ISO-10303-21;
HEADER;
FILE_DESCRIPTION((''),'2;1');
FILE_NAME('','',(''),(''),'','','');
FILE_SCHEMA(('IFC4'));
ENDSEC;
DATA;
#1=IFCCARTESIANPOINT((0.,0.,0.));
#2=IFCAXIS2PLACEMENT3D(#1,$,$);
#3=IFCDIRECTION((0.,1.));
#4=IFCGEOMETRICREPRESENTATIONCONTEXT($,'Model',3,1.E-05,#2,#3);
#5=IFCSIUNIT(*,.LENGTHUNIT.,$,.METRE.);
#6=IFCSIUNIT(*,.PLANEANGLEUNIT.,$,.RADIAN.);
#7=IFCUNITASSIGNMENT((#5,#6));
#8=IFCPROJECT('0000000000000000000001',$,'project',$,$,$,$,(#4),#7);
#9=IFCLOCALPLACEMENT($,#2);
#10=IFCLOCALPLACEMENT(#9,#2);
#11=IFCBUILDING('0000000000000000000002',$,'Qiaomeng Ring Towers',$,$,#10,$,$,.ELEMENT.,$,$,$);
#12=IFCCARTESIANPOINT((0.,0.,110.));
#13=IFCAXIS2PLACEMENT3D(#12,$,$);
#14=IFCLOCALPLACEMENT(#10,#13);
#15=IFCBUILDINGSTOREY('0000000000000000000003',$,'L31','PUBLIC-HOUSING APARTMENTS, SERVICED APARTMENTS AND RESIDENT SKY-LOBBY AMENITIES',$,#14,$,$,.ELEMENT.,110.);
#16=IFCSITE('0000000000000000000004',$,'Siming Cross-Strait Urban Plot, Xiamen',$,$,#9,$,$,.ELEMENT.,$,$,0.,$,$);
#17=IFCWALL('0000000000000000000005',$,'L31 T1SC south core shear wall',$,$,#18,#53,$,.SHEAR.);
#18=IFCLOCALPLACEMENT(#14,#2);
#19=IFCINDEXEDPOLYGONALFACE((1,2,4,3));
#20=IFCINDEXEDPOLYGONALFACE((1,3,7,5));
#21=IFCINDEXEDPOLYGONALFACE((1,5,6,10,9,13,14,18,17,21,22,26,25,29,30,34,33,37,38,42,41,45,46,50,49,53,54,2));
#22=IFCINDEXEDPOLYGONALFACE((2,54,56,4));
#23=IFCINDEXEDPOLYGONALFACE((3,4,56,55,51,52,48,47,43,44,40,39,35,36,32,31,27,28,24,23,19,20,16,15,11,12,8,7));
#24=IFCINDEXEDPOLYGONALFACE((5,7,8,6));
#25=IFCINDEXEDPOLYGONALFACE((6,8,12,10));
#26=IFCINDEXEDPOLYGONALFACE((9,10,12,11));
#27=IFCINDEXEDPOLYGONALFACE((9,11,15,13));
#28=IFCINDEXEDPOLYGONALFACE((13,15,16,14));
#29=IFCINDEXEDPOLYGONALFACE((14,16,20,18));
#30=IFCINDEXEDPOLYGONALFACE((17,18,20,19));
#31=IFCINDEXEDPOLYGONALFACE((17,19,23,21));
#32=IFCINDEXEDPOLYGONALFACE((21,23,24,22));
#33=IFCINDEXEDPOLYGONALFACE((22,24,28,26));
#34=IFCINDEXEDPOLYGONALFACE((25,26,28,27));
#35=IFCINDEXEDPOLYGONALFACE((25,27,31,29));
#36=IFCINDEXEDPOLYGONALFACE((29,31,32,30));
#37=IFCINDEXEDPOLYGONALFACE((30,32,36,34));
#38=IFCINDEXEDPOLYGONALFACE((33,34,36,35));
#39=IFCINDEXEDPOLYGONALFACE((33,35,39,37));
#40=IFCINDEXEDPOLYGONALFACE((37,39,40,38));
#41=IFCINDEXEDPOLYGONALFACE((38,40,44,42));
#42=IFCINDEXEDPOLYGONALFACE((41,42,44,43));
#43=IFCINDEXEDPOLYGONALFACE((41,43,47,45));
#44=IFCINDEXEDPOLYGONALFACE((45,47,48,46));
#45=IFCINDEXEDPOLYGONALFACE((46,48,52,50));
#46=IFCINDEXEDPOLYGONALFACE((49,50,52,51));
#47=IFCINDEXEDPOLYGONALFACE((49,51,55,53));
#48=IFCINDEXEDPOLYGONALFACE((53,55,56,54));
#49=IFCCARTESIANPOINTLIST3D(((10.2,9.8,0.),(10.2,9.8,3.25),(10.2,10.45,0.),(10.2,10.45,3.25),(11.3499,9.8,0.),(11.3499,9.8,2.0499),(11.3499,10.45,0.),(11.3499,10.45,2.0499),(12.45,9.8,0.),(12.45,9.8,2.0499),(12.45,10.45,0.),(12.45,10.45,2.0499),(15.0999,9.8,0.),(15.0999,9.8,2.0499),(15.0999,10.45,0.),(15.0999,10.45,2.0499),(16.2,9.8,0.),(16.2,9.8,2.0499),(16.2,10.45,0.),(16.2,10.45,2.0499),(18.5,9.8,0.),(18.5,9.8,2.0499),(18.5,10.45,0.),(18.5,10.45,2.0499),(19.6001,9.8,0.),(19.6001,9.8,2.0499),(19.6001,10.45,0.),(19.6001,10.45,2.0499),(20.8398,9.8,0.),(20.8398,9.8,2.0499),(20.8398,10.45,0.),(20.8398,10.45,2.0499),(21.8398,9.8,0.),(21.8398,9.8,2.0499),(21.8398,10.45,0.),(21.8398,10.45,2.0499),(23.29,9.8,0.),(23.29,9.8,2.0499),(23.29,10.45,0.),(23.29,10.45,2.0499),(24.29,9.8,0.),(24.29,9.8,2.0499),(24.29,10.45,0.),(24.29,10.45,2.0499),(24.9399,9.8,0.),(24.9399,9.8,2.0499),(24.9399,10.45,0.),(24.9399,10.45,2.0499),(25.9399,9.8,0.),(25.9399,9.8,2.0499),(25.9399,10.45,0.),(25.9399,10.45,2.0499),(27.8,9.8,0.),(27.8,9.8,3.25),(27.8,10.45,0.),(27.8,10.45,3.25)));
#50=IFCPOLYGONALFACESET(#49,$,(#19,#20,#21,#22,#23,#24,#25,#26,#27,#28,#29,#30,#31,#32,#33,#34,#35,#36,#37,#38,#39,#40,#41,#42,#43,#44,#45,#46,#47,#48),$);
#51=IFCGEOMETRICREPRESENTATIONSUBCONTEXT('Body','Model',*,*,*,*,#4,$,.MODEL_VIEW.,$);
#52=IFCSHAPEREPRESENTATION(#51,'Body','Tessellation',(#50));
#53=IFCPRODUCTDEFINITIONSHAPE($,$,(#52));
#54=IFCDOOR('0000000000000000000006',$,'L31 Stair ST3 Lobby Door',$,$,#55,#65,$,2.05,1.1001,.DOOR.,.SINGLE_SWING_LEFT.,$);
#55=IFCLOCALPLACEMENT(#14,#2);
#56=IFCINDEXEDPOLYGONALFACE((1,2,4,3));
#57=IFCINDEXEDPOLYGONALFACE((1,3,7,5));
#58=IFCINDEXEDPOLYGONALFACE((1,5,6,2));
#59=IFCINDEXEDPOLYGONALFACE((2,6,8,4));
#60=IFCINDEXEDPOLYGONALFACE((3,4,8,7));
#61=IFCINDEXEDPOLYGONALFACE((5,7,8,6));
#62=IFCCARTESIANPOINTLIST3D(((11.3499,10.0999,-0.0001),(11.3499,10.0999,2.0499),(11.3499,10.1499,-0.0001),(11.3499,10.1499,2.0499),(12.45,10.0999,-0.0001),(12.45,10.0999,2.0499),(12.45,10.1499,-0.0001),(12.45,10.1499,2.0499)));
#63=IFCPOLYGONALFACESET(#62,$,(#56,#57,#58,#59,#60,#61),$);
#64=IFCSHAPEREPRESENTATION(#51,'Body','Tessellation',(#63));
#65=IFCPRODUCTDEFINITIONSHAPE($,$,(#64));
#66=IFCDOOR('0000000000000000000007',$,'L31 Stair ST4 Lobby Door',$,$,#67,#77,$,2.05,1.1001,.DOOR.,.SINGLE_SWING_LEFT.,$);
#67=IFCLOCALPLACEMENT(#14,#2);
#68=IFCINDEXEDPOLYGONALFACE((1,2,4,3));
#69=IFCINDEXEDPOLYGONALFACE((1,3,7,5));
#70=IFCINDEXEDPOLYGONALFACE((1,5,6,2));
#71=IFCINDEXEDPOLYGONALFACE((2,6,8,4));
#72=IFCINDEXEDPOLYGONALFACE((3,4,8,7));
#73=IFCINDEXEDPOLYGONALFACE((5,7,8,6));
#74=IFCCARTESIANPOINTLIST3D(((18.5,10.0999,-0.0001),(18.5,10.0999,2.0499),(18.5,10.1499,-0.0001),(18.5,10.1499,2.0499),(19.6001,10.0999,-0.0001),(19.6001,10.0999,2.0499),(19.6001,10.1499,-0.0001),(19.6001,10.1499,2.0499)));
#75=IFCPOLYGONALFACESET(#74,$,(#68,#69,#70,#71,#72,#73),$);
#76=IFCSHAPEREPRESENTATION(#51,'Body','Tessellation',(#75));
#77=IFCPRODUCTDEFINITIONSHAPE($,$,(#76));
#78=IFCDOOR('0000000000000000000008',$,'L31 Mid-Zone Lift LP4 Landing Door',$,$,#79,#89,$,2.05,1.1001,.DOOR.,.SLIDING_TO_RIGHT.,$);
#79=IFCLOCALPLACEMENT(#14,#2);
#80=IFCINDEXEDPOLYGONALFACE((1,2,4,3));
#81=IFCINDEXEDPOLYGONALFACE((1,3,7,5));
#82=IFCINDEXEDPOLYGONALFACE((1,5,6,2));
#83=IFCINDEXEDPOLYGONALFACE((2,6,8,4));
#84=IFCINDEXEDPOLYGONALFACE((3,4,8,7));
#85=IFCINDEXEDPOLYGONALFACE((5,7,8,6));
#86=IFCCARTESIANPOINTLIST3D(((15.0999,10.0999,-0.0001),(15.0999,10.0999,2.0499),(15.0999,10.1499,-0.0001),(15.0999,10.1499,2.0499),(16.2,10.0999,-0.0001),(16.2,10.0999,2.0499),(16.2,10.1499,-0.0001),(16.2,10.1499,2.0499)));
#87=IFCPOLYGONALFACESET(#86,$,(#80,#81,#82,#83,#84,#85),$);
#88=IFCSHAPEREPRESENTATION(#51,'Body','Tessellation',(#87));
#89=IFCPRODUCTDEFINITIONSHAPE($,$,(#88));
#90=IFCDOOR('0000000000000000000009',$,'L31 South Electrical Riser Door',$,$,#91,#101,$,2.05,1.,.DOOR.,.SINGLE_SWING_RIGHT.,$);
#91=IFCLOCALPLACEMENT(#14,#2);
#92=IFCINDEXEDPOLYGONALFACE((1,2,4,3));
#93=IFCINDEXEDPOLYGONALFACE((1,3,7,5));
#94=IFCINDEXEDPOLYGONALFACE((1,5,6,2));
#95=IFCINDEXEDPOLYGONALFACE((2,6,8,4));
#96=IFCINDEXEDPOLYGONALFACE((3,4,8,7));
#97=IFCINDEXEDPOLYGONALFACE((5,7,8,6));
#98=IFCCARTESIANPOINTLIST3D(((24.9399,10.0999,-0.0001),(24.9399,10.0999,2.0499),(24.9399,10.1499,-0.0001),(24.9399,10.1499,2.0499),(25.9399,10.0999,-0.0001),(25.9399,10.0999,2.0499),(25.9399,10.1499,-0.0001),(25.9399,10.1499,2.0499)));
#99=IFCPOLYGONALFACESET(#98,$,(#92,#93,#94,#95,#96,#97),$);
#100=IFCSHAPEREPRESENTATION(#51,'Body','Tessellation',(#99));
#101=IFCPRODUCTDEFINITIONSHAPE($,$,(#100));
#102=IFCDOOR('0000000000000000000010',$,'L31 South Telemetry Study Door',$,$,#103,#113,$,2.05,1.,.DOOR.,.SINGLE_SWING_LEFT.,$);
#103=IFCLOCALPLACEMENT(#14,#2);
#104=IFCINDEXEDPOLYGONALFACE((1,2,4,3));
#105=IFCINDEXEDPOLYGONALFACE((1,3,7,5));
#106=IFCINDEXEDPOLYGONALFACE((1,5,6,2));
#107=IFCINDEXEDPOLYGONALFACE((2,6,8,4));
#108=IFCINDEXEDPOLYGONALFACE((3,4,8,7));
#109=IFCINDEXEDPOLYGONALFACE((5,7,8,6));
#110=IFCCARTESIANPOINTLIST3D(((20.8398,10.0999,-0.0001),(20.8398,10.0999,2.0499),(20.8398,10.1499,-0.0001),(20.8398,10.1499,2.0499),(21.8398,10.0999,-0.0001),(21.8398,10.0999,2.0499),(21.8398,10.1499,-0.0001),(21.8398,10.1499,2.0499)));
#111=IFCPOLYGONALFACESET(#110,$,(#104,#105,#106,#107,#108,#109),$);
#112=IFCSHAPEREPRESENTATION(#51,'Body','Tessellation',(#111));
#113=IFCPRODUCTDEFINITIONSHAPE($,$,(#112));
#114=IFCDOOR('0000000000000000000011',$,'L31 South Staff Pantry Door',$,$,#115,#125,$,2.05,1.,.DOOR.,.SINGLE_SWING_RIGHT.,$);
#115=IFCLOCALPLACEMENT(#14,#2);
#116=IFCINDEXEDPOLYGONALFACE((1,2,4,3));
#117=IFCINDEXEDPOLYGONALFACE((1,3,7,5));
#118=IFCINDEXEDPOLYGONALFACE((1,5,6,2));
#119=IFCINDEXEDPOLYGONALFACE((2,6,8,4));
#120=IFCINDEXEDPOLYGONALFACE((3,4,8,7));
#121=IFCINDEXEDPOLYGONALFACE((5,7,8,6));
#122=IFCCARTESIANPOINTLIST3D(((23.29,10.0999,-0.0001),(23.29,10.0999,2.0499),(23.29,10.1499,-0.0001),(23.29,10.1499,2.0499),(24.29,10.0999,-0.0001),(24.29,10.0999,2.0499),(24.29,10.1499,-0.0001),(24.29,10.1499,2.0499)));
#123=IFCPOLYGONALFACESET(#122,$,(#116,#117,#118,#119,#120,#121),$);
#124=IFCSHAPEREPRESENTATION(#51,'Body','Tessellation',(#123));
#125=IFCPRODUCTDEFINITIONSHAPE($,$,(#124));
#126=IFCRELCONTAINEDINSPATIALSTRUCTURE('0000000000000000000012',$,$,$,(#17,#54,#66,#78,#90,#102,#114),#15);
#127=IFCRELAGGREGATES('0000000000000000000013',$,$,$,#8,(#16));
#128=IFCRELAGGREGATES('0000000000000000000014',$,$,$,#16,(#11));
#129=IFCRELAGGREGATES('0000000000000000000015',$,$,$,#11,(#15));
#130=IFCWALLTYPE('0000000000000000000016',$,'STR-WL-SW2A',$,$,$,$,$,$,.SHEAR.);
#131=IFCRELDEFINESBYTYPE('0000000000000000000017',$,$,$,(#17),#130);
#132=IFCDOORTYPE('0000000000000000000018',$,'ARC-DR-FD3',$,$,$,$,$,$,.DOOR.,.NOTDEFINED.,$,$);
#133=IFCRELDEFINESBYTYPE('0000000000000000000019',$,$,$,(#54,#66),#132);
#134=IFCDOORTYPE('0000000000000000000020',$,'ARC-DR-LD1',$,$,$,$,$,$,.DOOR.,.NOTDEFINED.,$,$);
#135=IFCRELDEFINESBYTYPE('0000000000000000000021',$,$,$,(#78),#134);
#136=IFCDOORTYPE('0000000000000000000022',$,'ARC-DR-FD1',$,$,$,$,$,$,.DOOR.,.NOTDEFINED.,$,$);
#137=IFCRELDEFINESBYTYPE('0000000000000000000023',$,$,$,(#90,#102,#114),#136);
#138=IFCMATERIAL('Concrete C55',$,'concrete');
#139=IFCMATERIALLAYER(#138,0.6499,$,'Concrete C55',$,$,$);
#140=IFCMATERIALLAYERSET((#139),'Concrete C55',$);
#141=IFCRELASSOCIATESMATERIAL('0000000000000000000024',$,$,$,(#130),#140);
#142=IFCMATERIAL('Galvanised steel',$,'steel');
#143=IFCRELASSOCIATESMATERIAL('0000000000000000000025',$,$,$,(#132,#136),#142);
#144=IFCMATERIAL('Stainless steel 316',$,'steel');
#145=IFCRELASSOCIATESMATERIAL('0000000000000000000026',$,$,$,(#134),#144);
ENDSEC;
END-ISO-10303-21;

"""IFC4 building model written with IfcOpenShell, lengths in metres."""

from ifc_helpers import new_model, si_unit, direction, frame, frame_2d, origin, place, context, subcontext, project, spatial, rectangle, extrude, source, transform, mapped, material, layer, layer_set, type_object, element, fill, save


model = new_model("IFC4")

# Units and contexts
model_context = context("Model", 3, precision=1e-05, world=origin(), true_north=direction((0.0, 1.0)))
body_context = subcontext(model_context, "Body", "Model", "MODEL_VIEW")
ifc_project = project(units=[si_unit("LENGTHUNIT", "METRE"), si_unit("PLANEANGLEUNIT", "RADIAN")], contexts=[model_context])

# Site, building, storey
site_placement = place(None, origin())
site = spatial("IfcSite", under=ifc_project, at=site_placement, Name="Siming Cross-Strait Urban Plot, Xiamen", CompositionType="ELEMENT", RefElevation=0.0)
building_placement = place(site_placement, origin())
building = spatial("IfcBuilding", under=site, at=building_placement, Name="Qiaomeng Ring Towers", CompositionType="ELEMENT")
storey_placement = place(building_placement, frame((0.0, 0.0, 110.0)))
storey = spatial("IfcBuildingStorey", under=building, at=storey_placement, Name="L31", Description="PUBLIC-HOUSING APARTMENTS, SERVICED APARTMENTS AND RESIDENT SKY-LOBBY AMENITIES", CompositionType="ELEMENT", Elevation=110.0)

# Shared definitions
shared_shape_1 = source(origin(), body_context, "Body", "SweptSolid", [
    extrude(rectangle(XDim=1.0, YDim=2.05, at=frame_2d((0.5, 1.0249))), frame((0.0, 0.0249, 0.0), z_axis=(0.0, -1.0, 0.0), x_axis=(1.0, 0.0, 0.0)), (0.0, 0.0, 1.0), 0.05),
])

# Wall, openings, doors
ifc_material_1 = material(Name="Concrete C55", Category="concrete")
ifc_layer_1 = layer(ifc_material_1, 0.6499, Name="Concrete C55")
ifc_layer_set_1 = layer_set([ifc_layer_1], Name="Concrete C55")
wall_type_1 = type_object("IfcWallType", Name="STR-WL-SW2A", PredefinedType="SHEAR", material=ifc_layer_set_1)
wall_1_placement = place(storey_placement, frame((10.2, 10.125, 0.0), z_axis=(0.0, 0.0, 1.0), x_axis=(1.0, 0.0, 0.0)))
wall_1 = element("IfcWall", 1, at=wall_1_placement, inside=storey, type_object=wall_type_1, Name="L31 T1SC south core shear wall", PredefinedType="SHEAR", context=body_context, shape_type="SweptSolid", body=[
    extrude(rectangle(XDim=17.6001, YDim=0.6499, at=frame_2d((8.8, 0.0))), origin(), (0.0, 0.0, 1.0), 3.25),
])
opening_1_placement = place(wall_1_placement, frame((1.1499, 0.0, 0.0)))
opening_1 = element("IfcOpeningElement", 2, at=opening_1_placement, cuts=wall_1, PredefinedType="OPENING", context=body_context, shape_type="SweptSolid", body=[
    extrude(rectangle(XDim=1.1001, YDim=2.05, at=frame_2d((0.55, 1.0249))), frame((0.0, 0.335, 0.0), z_axis=(0.0, -1.0, 0.0), x_axis=(1.0, 0.0, 0.0)), (0.0, 0.0, 1.0), 0.6699),
])
opening_2_placement = place(wall_1_placement, frame((8.3, 0.0, 0.0)))
opening_2 = element("IfcOpeningElement", 3, at=opening_2_placement, cuts=wall_1, PredefinedType="OPENING", context=body_context, shape_type="SweptSolid", body=[
    extrude(rectangle(XDim=1.1001, YDim=2.05, at=frame_2d((0.55, 1.0249))), frame((0.0, 0.335, 0.0), z_axis=(0.0, -1.0, 0.0), x_axis=(1.0, 0.0, 0.0)), (0.0, 0.0, 1.0), 0.6699),
])
opening_3_placement = place(wall_1_placement, frame((4.8999, 0.0, 0.0)))
opening_3 = element("IfcOpeningElement", 4, at=opening_3_placement, cuts=wall_1, PredefinedType="OPENING", context=body_context, shape_type="SweptSolid", body=[
    extrude(rectangle(XDim=1.1001, YDim=2.05, at=frame_2d((0.55, 1.0249))), frame((0.0, 0.335, 0.0), z_axis=(0.0, -1.0, 0.0), x_axis=(1.0, 0.0, 0.0)), (0.0, 0.0, 1.0), 0.6699),
])
opening_4_placement = place(wall_1_placement, frame((14.74, 0.0, 0.0)))
opening_4 = element("IfcOpeningElement", 5, at=opening_4_placement, cuts=wall_1, PredefinedType="OPENING", context=body_context, shape_type="SweptSolid", body=[
    extrude(rectangle(XDim=1.0, YDim=2.05, at=frame_2d((0.5, 1.0249))), frame((0.0, 0.335, 0.0), z_axis=(0.0, -1.0, 0.0), x_axis=(1.0, 0.0, 0.0)), (0.0, 0.0, 1.0), 0.6699),
])
opening_5_placement = place(wall_1_placement, frame((10.6399, 0.0, 0.0)))
opening_5 = element("IfcOpeningElement", 6, at=opening_5_placement, cuts=wall_1, PredefinedType="OPENING", context=body_context, shape_type="SweptSolid", body=[
    extrude(rectangle(XDim=1.0, YDim=2.05, at=frame_2d((0.5, 1.0249))), frame((0.0, 0.335, 0.0), z_axis=(0.0, -1.0, 0.0), x_axis=(1.0, 0.0, 0.0)), (0.0, 0.0, 1.0), 0.6699),
])
opening_6_placement = place(wall_1_placement, frame((13.0901, 0.0, 0.0)))
opening_6 = element("IfcOpeningElement", 7, at=opening_6_placement, cuts=wall_1, PredefinedType="OPENING", context=body_context, shape_type="SweptSolid", body=[
    extrude(rectangle(XDim=1.0, YDim=2.05, at=frame_2d((0.5, 1.0249))), frame((0.0, 0.335, 0.0), z_axis=(0.0, -1.0, 0.0), x_axis=(1.0, 0.0, 0.0)), (0.0, 0.0, 1.0), 0.6699),
])
ifc_material_2 = material(Name="Galvanised steel", Category="steel")
door_type_1 = type_object("IfcDoorType", Name="ARC-DR-FD3", OperationType="NOTDEFINED", PredefinedType="DOOR", material=ifc_material_2)
shared_shape_2 = source(origin(), body_context, "Body", "SweptSolid", [
    extrude(rectangle(XDim=1.1001, YDim=2.05, at=frame_2d((0.55, 1.0249))), frame((0.0, 0.0249, 0.0), z_axis=(0.0, -1.0, 0.0), x_axis=(1.0, 0.0, 0.0)), (0.0, 0.0, 1.0), 0.05),
])
door_1_placement = place(opening_1_placement, origin())
door_1 = element("IfcDoor", 8, at=door_1_placement, inside=storey, type_object=door_type_1, Name="L31 Stair ST3 Lobby Door", OperationType="SINGLE_SWING_LEFT", OverallHeight=2.05, OverallWidth=1.1001, PredefinedType="DOOR", context=body_context, shape_type="MappedRepresentation", body=[
    mapped(shared_shape_2, transform((0.0, 0.0, 0.0), x_axis=(1.0, 0.0, 0.0), y_axis=(0.0, 1.0, 0.0), z_axis=(0.0, 0.0, 1.0), scale=1.0)),
])
fill(opening_1, door_1)
door_2_placement = place(opening_2_placement, origin())
door_2 = element("IfcDoor", 9, at=door_2_placement, inside=storey, type_object=door_type_1, Name="L31 Stair ST4 Lobby Door", OperationType="SINGLE_SWING_LEFT", OverallHeight=2.05, OverallWidth=1.1001, PredefinedType="DOOR", context=body_context, shape_type="MappedRepresentation", body=[
    mapped(shared_shape_2, transform((0.0, 0.0, 0.0), x_axis=(1.0, 0.0, 0.0), y_axis=(0.0, 1.0, 0.0), z_axis=(0.0, 0.0, 1.0), scale=1.0)),
])
fill(opening_2, door_2)
ifc_material_3 = material(Name="Stainless steel 316", Category="steel")
door_type_2 = type_object("IfcDoorType", Name="ARC-DR-LD1", OperationType="NOTDEFINED", PredefinedType="DOOR", material=ifc_material_3)
door_3_placement = place(opening_3_placement, origin())
door_3 = element("IfcDoor", 10, at=door_3_placement, inside=storey, type_object=door_type_2, Name="L31 Mid-Zone Lift LP4 Landing Door", OperationType="SLIDING_TO_RIGHT", OverallHeight=2.05, OverallWidth=1.1001, PredefinedType="DOOR", context=body_context, shape_type="MappedRepresentation", body=[
    mapped(shared_shape_2, transform((0.0, 0.0, 0.0), x_axis=(1.0, 0.0, 0.0), y_axis=(0.0, 1.0, 0.0), z_axis=(0.0, 0.0, 1.0), scale=1.0)),
])
fill(opening_3, door_3)
door_type_3 = type_object("IfcDoorType", Name="ARC-DR-FD1", OperationType="NOTDEFINED", PredefinedType="DOOR", material=ifc_material_2)
door_4_placement = place(opening_4_placement, origin())
door_4 = element("IfcDoor", 11, at=door_4_placement, inside=storey, type_object=door_type_3, Name="L31 South Electrical Riser Door", OperationType="SINGLE_SWING_RIGHT", OverallHeight=2.05, OverallWidth=1.0, PredefinedType="DOOR", context=body_context, shape_type="MappedRepresentation", body=[
    mapped(shared_shape_1, transform((0.0, 0.0, 0.0), x_axis=(1.0, 0.0, 0.0), y_axis=(0.0, 1.0, 0.0), z_axis=(0.0, 0.0, 1.0), scale=1.0)),
])
fill(opening_4, door_4)
door_5_placement = place(opening_5_placement, origin())
door_5 = element("IfcDoor", 12, at=door_5_placement, inside=storey, type_object=door_type_3, Name="L31 South Telemetry Study Door", OperationType="SINGLE_SWING_LEFT", OverallHeight=2.05, OverallWidth=1.0, PredefinedType="DOOR", context=body_context, shape_type="MappedRepresentation", body=[
    mapped(shared_shape_1, transform((0.0, 0.0, 0.0), x_axis=(1.0, 0.0, 0.0), y_axis=(0.0, 1.0, 0.0), z_axis=(0.0, 0.0, 1.0), scale=1.0)),
])
fill(opening_5, door_5)
door_6_placement = place(opening_6_placement, origin())
door_6 = element("IfcDoor", 13, at=door_6_placement, inside=storey, type_object=door_type_3, Name="L31 South Staff Pantry Door", OperationType="SINGLE_SWING_RIGHT", OverallHeight=2.05, OverallWidth=1.0, PredefinedType="DOOR", context=body_context, shape_type="MappedRepresentation", body=[
    mapped(shared_shape_1, transform((0.0, 0.0, 0.0), x_axis=(1.0, 0.0, 0.0), y_axis=(0.0, 1.0, 0.0), z_axis=(0.0, 0.0, 1.0), scale=1.0)),
])
fill(opening_6, door_6)

save(model, "model.ifc")
